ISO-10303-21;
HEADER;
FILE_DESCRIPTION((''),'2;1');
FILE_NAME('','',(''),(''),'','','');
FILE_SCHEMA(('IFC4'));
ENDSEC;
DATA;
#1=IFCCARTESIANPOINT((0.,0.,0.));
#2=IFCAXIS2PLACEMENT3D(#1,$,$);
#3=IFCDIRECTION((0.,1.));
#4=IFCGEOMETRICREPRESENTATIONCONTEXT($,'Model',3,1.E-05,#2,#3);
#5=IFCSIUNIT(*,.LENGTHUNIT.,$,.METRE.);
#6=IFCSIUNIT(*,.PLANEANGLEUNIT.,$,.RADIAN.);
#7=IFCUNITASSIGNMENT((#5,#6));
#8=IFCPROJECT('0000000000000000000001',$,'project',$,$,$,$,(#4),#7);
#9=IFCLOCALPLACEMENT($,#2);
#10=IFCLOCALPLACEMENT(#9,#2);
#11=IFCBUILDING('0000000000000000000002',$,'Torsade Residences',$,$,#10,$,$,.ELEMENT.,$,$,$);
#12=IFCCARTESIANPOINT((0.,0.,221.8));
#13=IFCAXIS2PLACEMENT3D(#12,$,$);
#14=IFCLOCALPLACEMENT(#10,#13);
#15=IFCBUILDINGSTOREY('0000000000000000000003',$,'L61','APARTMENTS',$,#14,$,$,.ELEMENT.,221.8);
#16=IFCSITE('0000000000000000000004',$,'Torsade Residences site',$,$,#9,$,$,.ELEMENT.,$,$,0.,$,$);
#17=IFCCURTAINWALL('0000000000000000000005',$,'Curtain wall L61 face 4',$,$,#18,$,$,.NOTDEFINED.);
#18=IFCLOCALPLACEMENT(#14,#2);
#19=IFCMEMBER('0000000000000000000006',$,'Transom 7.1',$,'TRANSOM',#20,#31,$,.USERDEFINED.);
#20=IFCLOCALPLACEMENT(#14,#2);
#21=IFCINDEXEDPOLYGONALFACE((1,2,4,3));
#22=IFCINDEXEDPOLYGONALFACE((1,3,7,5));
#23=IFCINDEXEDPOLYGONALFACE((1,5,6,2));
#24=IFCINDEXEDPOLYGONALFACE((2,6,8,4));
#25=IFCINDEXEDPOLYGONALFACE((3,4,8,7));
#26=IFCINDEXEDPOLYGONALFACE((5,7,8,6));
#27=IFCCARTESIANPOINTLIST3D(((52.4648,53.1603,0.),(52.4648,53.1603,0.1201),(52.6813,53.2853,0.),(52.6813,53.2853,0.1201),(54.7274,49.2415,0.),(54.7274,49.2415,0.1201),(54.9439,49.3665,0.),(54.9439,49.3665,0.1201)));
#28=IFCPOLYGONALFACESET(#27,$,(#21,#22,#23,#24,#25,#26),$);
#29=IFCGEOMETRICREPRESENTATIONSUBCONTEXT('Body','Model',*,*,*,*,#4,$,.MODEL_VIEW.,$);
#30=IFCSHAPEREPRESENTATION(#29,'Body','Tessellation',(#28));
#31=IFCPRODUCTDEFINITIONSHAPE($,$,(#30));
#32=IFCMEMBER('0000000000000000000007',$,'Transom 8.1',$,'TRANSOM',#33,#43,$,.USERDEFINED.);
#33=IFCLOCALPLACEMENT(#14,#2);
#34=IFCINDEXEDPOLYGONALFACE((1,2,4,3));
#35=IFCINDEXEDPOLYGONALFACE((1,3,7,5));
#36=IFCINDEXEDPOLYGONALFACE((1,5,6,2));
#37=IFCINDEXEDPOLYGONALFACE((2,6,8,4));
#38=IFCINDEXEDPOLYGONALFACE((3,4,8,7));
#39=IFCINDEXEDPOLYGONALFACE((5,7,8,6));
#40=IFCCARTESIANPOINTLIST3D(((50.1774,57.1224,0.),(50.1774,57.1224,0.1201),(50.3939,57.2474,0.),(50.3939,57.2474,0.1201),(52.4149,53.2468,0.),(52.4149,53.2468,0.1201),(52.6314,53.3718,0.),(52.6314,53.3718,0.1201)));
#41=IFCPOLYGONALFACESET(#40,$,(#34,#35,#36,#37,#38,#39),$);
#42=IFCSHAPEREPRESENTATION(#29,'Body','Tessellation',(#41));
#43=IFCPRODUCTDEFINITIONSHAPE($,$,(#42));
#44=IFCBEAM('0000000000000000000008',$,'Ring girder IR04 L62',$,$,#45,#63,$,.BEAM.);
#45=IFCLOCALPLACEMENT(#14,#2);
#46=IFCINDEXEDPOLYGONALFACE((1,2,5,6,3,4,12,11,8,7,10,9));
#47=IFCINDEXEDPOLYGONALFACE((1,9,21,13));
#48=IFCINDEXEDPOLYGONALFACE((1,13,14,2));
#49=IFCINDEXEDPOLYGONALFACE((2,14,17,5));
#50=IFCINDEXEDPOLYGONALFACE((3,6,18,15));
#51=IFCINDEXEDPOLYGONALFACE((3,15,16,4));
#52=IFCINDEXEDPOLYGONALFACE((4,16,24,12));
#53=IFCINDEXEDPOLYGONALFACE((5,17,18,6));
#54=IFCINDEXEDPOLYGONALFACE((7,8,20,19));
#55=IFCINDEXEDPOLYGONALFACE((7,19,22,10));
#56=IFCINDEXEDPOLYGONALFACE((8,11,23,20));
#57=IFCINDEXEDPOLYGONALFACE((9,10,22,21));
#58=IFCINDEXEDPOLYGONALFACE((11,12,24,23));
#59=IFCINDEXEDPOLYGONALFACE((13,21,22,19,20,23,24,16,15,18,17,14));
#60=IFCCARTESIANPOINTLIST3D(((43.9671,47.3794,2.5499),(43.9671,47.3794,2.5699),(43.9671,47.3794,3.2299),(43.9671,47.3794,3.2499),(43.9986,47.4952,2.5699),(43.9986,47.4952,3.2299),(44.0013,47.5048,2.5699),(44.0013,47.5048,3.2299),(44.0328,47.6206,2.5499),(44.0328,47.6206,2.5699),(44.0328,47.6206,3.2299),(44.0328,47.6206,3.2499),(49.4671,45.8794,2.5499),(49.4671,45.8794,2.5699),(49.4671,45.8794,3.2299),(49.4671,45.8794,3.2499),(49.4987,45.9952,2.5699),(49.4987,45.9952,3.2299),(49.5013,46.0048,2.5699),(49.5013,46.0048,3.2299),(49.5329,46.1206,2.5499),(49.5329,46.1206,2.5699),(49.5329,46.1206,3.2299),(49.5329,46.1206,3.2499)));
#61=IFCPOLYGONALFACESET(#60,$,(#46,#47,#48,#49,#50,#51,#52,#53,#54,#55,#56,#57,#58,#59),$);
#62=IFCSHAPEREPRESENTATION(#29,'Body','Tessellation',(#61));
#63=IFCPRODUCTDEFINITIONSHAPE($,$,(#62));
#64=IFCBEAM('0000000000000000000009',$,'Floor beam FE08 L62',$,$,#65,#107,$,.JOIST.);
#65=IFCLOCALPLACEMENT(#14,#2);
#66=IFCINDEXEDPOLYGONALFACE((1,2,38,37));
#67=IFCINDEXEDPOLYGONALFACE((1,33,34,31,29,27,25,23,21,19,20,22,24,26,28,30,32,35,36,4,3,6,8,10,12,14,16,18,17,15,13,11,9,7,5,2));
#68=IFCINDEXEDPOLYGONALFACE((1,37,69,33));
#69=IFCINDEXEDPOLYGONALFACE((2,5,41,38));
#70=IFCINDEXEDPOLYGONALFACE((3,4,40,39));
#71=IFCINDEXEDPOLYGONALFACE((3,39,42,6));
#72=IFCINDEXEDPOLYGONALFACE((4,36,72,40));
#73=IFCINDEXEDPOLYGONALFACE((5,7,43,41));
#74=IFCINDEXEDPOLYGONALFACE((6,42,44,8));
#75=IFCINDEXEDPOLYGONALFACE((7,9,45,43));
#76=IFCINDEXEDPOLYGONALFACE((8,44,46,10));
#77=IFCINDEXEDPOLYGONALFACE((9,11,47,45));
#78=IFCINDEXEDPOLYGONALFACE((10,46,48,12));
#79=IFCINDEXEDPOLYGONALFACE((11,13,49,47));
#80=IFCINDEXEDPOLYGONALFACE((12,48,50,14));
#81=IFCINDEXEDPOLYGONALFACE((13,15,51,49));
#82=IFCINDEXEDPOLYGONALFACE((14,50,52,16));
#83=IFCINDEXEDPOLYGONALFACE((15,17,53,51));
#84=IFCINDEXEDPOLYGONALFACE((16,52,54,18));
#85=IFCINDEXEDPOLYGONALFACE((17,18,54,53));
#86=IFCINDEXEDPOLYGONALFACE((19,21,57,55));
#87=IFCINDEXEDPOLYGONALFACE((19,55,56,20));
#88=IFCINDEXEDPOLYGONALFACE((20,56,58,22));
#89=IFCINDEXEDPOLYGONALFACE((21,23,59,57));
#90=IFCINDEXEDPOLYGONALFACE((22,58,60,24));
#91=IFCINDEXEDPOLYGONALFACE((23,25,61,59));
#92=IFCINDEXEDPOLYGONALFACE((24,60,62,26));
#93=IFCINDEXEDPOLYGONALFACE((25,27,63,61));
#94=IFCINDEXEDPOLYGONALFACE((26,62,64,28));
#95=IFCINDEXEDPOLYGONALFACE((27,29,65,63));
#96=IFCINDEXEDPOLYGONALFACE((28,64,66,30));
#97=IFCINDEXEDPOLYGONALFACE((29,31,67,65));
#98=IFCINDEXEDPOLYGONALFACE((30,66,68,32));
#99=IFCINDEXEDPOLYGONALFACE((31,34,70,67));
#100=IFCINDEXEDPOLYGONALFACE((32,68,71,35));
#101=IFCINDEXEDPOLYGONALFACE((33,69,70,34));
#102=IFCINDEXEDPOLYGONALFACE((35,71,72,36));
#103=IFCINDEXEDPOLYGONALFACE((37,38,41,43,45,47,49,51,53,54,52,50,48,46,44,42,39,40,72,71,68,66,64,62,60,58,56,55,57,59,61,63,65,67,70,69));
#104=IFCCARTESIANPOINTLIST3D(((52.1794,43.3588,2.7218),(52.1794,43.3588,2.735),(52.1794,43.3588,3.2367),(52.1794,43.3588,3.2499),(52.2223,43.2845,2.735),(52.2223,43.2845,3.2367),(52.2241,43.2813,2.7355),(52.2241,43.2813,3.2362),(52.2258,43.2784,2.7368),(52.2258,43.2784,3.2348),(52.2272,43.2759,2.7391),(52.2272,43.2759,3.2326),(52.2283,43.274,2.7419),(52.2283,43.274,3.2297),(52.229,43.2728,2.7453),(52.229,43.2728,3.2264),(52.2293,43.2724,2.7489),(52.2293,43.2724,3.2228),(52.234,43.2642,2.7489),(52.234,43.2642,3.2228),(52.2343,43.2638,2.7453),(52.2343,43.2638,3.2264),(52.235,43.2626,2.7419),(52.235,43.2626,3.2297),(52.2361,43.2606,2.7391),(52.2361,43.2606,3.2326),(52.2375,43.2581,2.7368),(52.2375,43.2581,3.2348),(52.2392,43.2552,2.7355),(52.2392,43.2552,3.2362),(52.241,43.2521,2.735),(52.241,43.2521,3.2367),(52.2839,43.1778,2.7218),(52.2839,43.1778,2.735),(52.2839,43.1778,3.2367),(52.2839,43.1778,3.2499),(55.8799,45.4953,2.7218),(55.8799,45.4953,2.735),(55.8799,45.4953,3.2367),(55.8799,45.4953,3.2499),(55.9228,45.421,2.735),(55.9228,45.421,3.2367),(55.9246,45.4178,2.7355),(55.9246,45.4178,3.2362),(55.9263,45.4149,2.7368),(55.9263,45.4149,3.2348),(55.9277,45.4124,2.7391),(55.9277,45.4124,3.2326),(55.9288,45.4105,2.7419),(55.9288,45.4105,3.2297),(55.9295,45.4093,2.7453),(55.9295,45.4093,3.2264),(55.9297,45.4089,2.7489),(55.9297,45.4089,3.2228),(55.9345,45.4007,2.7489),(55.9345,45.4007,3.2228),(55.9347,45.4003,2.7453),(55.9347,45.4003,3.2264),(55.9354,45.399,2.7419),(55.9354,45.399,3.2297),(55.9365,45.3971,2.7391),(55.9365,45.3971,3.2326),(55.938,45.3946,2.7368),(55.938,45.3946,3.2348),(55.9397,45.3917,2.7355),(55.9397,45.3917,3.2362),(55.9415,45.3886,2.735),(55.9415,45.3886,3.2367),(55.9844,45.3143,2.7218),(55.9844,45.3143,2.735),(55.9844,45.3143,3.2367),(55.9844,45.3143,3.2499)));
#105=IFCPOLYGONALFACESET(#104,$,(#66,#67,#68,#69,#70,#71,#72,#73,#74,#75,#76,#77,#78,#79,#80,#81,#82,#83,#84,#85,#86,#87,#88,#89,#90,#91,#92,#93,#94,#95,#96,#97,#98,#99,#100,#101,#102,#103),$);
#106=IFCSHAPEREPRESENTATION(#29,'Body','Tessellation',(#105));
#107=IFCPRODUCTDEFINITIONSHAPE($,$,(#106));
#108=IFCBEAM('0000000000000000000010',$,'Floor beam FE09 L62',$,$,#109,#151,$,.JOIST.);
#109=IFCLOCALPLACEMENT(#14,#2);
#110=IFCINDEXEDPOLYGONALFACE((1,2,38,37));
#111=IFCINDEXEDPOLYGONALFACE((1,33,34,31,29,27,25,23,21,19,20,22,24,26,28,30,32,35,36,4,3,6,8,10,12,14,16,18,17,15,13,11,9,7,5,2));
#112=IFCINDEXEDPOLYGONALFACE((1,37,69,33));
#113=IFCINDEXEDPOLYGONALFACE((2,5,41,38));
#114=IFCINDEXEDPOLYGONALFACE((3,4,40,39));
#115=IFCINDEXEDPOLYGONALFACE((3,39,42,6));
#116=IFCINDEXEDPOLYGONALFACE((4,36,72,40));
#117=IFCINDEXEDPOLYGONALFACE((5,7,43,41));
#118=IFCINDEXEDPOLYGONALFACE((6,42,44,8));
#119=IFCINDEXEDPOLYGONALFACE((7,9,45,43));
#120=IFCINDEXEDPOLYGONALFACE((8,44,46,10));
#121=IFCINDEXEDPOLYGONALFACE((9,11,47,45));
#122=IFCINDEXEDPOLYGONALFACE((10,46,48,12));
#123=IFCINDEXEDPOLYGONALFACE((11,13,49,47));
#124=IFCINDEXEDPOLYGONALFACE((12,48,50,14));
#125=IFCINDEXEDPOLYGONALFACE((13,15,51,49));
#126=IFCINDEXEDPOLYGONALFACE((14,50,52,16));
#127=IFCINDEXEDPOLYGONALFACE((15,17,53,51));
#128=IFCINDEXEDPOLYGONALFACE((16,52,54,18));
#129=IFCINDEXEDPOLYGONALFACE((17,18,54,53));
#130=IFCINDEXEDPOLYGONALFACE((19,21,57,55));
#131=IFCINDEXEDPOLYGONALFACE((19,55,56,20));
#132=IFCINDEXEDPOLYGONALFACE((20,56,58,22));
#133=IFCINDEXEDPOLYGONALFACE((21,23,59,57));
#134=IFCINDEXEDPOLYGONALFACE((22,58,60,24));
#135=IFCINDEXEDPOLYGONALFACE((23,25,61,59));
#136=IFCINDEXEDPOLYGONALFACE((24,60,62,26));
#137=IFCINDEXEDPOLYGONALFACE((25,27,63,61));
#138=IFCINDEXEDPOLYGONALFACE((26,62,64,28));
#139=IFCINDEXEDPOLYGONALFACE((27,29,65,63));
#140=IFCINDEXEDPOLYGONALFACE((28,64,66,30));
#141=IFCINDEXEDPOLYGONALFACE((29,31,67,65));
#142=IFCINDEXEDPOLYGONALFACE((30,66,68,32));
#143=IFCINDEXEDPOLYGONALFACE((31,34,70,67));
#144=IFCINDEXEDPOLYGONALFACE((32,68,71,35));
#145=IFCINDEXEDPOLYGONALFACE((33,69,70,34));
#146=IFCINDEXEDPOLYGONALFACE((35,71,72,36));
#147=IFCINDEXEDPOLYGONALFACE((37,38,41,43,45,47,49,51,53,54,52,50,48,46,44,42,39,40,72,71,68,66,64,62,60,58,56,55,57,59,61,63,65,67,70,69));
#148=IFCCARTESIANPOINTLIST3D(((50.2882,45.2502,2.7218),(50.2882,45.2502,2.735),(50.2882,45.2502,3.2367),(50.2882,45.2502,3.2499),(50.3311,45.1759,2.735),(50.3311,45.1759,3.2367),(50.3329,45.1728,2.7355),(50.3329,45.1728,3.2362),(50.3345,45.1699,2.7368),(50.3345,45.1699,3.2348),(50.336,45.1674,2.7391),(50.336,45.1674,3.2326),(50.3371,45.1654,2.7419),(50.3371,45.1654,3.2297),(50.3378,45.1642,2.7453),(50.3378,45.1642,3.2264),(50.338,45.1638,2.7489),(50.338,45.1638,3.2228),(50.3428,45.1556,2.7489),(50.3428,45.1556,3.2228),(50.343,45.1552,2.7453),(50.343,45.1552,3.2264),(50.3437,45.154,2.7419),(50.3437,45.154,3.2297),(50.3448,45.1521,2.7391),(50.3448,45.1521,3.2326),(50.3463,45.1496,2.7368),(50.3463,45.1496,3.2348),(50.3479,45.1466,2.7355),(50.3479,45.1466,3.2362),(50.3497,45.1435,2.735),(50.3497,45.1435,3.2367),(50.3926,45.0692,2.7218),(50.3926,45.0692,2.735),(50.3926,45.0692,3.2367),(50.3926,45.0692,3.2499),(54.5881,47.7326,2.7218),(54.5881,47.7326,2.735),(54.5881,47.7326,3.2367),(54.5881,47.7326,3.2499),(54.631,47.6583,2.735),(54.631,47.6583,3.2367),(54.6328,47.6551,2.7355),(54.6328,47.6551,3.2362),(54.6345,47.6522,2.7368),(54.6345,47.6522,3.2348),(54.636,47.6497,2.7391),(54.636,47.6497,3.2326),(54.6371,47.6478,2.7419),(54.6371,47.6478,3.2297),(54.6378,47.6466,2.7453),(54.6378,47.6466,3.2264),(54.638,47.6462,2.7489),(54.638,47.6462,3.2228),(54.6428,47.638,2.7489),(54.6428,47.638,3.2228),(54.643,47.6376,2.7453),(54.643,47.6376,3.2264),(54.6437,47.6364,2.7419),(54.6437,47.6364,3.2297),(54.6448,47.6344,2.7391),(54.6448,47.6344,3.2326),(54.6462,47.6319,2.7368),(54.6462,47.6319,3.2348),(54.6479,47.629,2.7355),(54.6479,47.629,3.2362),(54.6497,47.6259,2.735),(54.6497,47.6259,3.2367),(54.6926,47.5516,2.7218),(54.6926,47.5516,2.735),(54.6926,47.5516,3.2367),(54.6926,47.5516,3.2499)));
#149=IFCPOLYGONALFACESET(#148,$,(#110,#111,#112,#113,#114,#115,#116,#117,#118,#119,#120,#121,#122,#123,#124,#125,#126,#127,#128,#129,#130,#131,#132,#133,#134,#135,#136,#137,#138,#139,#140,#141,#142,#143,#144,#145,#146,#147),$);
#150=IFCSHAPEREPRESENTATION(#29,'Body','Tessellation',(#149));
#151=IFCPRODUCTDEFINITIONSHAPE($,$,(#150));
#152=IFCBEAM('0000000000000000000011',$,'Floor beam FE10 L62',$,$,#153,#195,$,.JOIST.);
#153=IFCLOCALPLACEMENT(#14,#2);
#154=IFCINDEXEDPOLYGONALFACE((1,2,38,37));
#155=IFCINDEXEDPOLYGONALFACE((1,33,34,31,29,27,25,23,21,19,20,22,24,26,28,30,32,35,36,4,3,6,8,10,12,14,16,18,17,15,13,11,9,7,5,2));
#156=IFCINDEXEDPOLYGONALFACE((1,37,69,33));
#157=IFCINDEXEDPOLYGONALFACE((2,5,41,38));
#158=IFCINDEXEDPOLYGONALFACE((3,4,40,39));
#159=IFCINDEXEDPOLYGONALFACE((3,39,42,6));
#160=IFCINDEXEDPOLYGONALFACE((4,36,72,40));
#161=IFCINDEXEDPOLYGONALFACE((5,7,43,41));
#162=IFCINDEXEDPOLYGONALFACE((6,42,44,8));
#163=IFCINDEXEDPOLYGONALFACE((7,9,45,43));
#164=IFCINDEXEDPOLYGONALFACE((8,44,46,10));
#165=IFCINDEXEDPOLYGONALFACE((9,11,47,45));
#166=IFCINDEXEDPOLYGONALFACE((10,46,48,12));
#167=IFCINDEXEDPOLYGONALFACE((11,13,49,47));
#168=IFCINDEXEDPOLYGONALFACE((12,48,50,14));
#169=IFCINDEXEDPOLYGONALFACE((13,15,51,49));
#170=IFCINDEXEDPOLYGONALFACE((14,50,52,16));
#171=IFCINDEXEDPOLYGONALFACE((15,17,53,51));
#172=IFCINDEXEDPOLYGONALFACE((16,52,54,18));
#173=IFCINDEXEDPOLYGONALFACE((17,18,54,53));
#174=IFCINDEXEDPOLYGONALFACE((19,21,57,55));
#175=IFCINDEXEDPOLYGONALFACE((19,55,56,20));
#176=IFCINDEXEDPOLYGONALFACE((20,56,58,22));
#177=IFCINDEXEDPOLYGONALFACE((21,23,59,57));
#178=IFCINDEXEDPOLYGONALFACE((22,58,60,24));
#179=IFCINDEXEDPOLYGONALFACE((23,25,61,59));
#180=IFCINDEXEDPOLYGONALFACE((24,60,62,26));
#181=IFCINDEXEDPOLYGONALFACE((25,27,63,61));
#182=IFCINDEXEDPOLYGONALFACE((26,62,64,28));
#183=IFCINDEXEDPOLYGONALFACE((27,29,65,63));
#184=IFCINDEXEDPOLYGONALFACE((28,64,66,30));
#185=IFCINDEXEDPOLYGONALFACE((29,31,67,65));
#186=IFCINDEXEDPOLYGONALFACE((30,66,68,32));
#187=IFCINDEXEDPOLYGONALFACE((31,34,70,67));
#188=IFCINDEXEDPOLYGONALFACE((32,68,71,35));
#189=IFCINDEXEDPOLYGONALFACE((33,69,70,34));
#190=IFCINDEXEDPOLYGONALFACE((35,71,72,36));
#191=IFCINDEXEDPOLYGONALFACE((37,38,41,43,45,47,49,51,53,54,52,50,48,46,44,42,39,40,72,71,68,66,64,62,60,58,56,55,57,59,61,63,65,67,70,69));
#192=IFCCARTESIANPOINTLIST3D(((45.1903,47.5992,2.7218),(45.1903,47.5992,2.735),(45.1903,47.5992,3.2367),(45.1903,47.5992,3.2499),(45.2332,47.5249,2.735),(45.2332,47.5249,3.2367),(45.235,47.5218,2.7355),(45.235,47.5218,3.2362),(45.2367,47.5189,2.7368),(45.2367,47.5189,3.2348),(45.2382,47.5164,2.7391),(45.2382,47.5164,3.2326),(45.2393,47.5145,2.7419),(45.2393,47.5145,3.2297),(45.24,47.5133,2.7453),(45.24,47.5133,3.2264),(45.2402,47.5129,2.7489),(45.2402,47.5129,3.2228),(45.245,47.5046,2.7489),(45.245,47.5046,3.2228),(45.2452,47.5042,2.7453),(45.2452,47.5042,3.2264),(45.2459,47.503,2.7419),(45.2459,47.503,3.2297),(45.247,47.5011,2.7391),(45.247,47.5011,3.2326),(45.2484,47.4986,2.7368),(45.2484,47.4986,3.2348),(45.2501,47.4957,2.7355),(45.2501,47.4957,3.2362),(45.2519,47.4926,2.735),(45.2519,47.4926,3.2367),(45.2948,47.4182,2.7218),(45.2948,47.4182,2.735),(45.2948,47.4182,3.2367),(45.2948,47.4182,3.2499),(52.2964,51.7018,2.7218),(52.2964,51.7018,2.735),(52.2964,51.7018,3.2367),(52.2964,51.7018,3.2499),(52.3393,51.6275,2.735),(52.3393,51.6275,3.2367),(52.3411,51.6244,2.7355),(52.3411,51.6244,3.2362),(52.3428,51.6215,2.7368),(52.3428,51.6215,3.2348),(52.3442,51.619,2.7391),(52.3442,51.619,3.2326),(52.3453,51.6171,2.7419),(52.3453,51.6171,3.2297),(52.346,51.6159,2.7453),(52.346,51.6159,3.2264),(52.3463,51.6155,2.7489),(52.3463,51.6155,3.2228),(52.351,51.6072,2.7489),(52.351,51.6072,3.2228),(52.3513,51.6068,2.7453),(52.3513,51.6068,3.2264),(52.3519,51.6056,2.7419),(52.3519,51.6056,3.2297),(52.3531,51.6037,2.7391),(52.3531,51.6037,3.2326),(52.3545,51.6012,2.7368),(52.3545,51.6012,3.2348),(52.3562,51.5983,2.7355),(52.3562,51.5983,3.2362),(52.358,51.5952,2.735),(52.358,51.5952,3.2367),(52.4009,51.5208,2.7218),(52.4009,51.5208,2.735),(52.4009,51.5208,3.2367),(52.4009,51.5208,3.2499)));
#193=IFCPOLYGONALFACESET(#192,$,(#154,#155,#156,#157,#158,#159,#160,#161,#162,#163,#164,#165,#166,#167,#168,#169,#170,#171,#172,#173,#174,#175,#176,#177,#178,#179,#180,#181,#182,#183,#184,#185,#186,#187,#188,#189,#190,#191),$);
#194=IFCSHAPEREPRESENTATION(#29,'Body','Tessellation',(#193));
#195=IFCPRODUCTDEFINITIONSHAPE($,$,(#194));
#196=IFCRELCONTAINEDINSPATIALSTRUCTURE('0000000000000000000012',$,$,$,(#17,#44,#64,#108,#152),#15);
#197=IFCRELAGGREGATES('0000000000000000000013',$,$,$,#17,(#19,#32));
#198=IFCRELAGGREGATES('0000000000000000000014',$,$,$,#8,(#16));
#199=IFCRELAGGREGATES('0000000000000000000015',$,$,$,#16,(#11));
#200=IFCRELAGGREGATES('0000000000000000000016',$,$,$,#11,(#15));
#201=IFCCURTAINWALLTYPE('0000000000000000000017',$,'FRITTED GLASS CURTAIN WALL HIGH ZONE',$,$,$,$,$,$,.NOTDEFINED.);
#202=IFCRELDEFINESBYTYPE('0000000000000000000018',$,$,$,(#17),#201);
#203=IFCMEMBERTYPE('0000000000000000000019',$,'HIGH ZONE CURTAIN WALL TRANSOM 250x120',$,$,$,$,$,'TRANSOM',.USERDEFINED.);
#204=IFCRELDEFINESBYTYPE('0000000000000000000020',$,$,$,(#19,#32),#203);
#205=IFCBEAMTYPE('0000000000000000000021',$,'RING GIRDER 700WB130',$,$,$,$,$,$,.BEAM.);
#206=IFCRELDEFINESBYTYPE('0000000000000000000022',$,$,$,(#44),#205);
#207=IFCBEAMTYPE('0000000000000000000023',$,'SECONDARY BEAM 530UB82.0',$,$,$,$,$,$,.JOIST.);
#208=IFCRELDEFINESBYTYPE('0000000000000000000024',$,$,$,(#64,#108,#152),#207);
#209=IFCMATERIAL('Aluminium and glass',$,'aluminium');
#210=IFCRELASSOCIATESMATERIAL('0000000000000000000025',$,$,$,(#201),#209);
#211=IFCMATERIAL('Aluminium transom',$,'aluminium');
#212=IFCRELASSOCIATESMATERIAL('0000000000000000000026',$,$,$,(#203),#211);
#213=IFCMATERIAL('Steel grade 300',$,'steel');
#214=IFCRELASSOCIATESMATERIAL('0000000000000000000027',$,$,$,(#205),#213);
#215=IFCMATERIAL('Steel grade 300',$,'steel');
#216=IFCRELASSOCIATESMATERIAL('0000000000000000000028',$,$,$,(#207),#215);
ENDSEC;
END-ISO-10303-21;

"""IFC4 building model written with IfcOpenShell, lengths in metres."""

from ifc_helpers import new_model, si_unit, direction, frame, origin, origin_2d, place, context, subcontext, project, spatial, rectangle, i_section, extrude, material, material_profile, profile_set, type_object, element, aggregate, save


model = new_model("IFC4")

# Units and contexts
model_context = context("Model", 3, precision=1e-05, world=origin(), true_north=direction((0.0, 1.0)))
body_context = subcontext(model_context, "Body", "Model", "MODEL_VIEW")
ifc_project = project(units=[si_unit("LENGTHUNIT", "METRE"), si_unit("PLANEANGLEUNIT", "RADIAN")], contexts=[model_context])

# Site, building, storey
site_placement = place(None, origin())
site = spatial("IfcSite", under=ifc_project, at=site_placement, Name="Torsade Residences site", CompositionType="ELEMENT", RefElevation=0.0)
building_placement = place(site_placement, origin())
building = spatial("IfcBuilding", under=site, at=building_placement, Name="Torsade Residences", CompositionType="ELEMENT")
storey_placement = place(building_placement, frame((0.0, 0.0, 221.8)))
storey = spatial("IfcBuildingStorey", under=building, at=storey_placement, Name="L61", Description="APARTMENTS", CompositionType="ELEMENT", Elevation=221.8)

# Curtain wall, members
ifc_material_1 = material(Name="Aluminium and glass", Category="aluminium")
curtain_wall_type = type_object("IfcCurtainWallType", Name="FRITTED GLASS CURTAIN WALL HIGH ZONE", PredefinedType="NOTDEFINED", material=ifc_material_1)
curtain_wall_placement = place(storey_placement, origin())
curtain_wall = element("IfcCurtainWall", 1, at=curtain_wall_placement, inside=storey, type_object=curtain_wall_type, Name="Curtain wall L61 face 4", PredefinedType="NOTDEFINED")
ifc_material_2 = material(Name="Aluminium transom", Category="aluminium")
ifc_material_profile_1 = material_profile(ifc_material_2, rectangle(XDim=0.25, YDim=0.1201, at=origin_2d()), Name="HIGH ZONE CURTAIN WALL TRANSOM 250x120")
ifc_profile_set_1 = profile_set([ifc_material_profile_1], Name="Aluminium transom")
member_type_1 = type_object("IfcMemberType", Name="HIGH ZONE CURTAIN WALL TRANSOM 250x120", ElementType="TRANSOM", PredefinedType="USERDEFINED", material=ifc_profile_set_1)
member_1_placement = place(storey_placement, frame((54.8357, 49.304, 0.0601), z_axis=(-0.500015, 0.866017, 0.0), x_axis=(-0.866017, -0.500015, 0.0)))
member_1 = element("IfcMember", 2, at=member_1_placement, type_object=member_type_1, Name="Transom 7.1", ObjectType="TRANSOM", PredefinedType="USERDEFINED", context=body_context, shape_type="SweptSolid", body=[
    extrude(rectangle(XDim=0.25, YDim=0.1201, at=origin_2d()), origin(), (0.0, 0.0, 1.0), 4.5251),
])
member_2_placement = place(storey_placement, frame((52.5232, 53.3093, 0.0601), z_axis=(-0.500006, 0.866022, 0.0), x_axis=(-0.866022, -0.500006, 0.0)))
member_2 = element("IfcMember", 3, at=member_2_placement, type_object=member_type_1, Name="Transom 8.1", ObjectType="TRANSOM", PredefinedType="USERDEFINED", context=body_context, shape_type="SweptSolid", body=[
    extrude(rectangle(XDim=0.25, YDim=0.1201, at=origin_2d()), origin(), (0.0, 0.0, 1.0), 4.4751),
])

# Beams
ifc_material_3 = material(Name="Steel grade 300", Category="steel")
ifc_material_profile_2 = material_profile(ifc_material_3, i_section(OverallWidth=0.25, OverallDepth=0.7, WebThickness=0.01, FlangeThickness=0.02, at=origin_2d()), Name="700WB130")
ifc_profile_set_2 = profile_set([ifc_material_profile_2], Name="Steel grade 300")
beam_type_1 = type_object("IfcBeamType", Name="RING GIRDER 700WB130", PredefinedType="BEAM", material=ifc_profile_set_2)
beam_1_placement = place(storey_placement, frame((49.5, 46.0, 2.8999), z_axis=(-0.964764, 0.263117, 0.0), x_axis=(-0.263117, -0.964764, 0.0)))
element("IfcBeam", 4, at=beam_1_placement, inside=storey, type_object=beam_type_1, Name="Ring girder IR04 L62", PredefinedType="BEAM", context=body_context, shape_type="SweptSolid", body=[
    extrude(i_section(OverallWidth=0.25, OverallDepth=0.7, WebThickness=0.01, FlangeThickness=0.02, at=origin_2d()), origin(), (0.0, 0.0, 1.0), 5.7009),
])
ifc_material_4 = material(Name="Steel grade 300", Category="steel")
ifc_material_profile_3 = material_profile(ifc_material_4, i_section(OverallWidth=0.209, OverallDepth=0.5281, WebThickness=0.0095, FlangeThickness=0.0132, FilletRadius=0.0139, at=origin_2d()), Name="530UB82.0")
ifc_profile_set_3 = profile_set([ifc_material_profile_3], Name="Steel grade 300")
beam_type_2 = type_object("IfcBeamType", Name="SECONDARY BEAM 530UB82.0", PredefinedType="JOIST", material=ifc_profile_set_3)
beam_2_placement = place(storey_placement, frame((55.9321, 45.4048, 2.9858), z_axis=(-0.866023, -0.500004, 0.0), x_axis=(0.500004, -0.866023, 0.0)))
element("IfcBeam", 5, at=beam_2_placement, inside=storey, type_object=beam_type_2, Name="Floor beam FE08 L62", PredefinedType="JOIST", context=body_context, shape_type="SweptSolid", body=[
    extrude(i_section(OverallWidth=0.209, OverallDepth=0.5281, WebThickness=0.0095, FlangeThickness=0.0132, FilletRadius=0.0139, at=origin_2d()), origin(), (0.0, 0.0, 1.0), 4.2729),
])
beam_3_placement = place(storey_placement, frame((54.6404, 47.6421, 2.9858), z_axis=(-0.866044, -0.499968, 0.0), x_axis=(0.499968, -0.866044, 0.0)))
element("IfcBeam", 6, at=beam_3_placement, inside=storey, type_object=beam_type_2, Name="Floor beam FE09 L62", PredefinedType="JOIST", context=body_context, shape_type="SweptSolid", body=[
    extrude(i_section(OverallWidth=0.209, OverallDepth=0.5281, WebThickness=0.0095, FlangeThickness=0.0132, FilletRadius=0.0139, at=origin_2d()), origin(), (0.0, 0.0, 1.0), 4.9651),
])
beam_4_placement = place(storey_placement, frame((52.3486, 51.6113, 2.9858), z_axis=(-0.86603, -0.499992, 0.0), x_axis=(0.499992, -0.86603, 0.0)))
element("IfcBeam", 7, at=beam_4_placement, inside=storey, type_object=beam_type_2, Name="Floor beam FE10 L62", PredefinedType="JOIST", context=body_context, shape_type="SweptSolid", body=[
    extrude(i_section(OverallWidth=0.209, OverallDepth=0.5281, WebThickness=0.0095, FlangeThickness=0.0132, FilletRadius=0.0139, at=origin_2d()), origin(), (0.0, 0.0, 1.0), 8.2053),
])

aggregate(curtain_wall, [member_1, member_2])

save(model, "model.ifc")
